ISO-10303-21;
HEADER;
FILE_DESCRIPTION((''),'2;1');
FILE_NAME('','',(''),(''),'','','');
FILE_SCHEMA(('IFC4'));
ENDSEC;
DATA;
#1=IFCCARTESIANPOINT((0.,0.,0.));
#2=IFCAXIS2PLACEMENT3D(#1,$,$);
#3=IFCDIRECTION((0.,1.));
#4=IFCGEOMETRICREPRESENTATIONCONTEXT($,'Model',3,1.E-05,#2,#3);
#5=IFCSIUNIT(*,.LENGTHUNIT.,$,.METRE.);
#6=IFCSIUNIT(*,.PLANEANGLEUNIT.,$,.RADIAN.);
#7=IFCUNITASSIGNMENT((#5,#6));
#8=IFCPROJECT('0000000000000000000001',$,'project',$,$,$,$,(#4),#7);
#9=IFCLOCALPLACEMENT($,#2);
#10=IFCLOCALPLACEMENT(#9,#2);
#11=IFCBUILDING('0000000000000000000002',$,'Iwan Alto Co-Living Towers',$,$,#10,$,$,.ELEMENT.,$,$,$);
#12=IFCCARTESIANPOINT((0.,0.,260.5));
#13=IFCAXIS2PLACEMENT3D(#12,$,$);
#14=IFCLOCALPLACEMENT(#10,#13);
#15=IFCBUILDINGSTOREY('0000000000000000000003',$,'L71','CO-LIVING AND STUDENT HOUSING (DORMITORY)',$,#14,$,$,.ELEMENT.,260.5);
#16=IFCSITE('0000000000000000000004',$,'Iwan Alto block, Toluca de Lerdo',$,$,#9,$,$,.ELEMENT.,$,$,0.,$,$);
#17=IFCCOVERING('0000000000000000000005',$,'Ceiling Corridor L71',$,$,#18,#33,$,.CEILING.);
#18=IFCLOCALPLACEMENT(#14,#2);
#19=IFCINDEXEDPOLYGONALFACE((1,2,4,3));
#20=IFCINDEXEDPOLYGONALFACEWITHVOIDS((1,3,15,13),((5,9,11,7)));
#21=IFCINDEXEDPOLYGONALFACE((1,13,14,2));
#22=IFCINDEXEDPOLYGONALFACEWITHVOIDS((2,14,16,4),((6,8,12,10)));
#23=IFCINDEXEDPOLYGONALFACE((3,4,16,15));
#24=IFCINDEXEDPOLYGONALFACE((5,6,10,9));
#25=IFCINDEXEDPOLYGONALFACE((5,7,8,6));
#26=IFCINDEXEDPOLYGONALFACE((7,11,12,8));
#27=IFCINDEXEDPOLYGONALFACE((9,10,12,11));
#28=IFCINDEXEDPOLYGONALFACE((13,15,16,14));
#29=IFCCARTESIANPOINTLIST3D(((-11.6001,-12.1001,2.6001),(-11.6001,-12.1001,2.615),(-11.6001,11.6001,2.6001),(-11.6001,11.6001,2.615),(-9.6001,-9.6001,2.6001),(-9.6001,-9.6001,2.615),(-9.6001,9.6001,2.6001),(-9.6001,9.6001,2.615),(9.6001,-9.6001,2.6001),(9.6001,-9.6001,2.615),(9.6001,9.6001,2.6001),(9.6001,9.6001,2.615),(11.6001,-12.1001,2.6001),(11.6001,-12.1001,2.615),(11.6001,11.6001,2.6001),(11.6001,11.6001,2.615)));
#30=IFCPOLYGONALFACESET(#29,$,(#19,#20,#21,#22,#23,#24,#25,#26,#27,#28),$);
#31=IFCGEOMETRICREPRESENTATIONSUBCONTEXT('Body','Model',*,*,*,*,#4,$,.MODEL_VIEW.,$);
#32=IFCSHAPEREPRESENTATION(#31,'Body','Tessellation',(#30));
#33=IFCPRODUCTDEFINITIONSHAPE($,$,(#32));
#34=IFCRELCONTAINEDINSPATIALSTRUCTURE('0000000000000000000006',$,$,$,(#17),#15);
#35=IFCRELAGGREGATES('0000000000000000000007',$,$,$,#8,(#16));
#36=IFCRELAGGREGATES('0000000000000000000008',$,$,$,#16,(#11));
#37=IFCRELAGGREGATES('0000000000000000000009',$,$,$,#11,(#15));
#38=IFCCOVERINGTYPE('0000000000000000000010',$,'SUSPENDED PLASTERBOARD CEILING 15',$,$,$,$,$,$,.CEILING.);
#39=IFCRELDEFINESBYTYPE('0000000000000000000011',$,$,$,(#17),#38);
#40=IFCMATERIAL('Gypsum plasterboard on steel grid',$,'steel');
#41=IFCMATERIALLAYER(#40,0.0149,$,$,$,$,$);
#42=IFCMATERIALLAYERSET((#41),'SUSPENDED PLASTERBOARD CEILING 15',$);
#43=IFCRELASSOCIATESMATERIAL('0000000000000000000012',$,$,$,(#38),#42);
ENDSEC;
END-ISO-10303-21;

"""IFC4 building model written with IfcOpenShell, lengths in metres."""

from ifc_helpers import new_model, si_unit, direction, frame, origin, place, context, subcontext, project, spatial, polyline, outline, extrude, material, layer, layer_set, type_object, element, save


model = new_model("IFC4")

# Units and contexts
model_context = context("Model", 3, precision=1e-05, world=origin(), true_north=direction((0.0, 1.0)))
body_context = subcontext(model_context, "Body", "Model", "MODEL_VIEW")
ifc_project = project(units=[si_unit("LENGTHUNIT", "METRE"), si_unit("PLANEANGLEUNIT", "RADIAN")], contexts=[model_context])

# Site, building, storey
site_placement = place(None, origin())
site = spatial("IfcSite", under=ifc_project, at=site_placement, Name="Iwan Alto block, Toluca de Lerdo", CompositionType="ELEMENT", RefElevation=0.0)
building_placement = place(site_placement, origin())
building = spatial("IfcBuilding", under=site, at=building_placement, Name="Iwan Alto Co-Living Towers", CompositionType="ELEMENT")
storey_placement = place(building_placement, frame((0.0, 0.0, 260.5)))
storey = spatial("IfcBuildingStorey", under=building, at=storey_placement, Name="L71", Description="CO-LIVING AND STUDENT HOUSING (DORMITORY)", CompositionType="ELEMENT", Elevation=260.5)

# Covering
ifc_material_1 = material(Name="Gypsum plasterboard on steel grid", Category="steel")
ifc_layer_1 = layer(ifc_material_1, 0.0149)
ifc_layer_set_1 = layer_set([ifc_layer_1], Name="SUSPENDED PLASTERBOARD CEILING 15")
covering_type_1 = type_object("IfcCoveringType", Name="SUSPENDED PLASTERBOARD CEILING 15", PredefinedType="CEILING", material=ifc_layer_set_1)
covering_1_placement = place(storey_placement, frame((0.0, 0.0, 2.6001)))
element("IfcCovering", 1, at=covering_1_placement, inside=storey, type_object=covering_type_1, Name="Ceiling Corridor L71", PredefinedType="CEILING", context=body_context, shape_type="SweptSolid", body=[
    extrude(outline(polyline([(-11.6001, 11.6001), (11.6001, 11.6001), (11.6001, -12.1001), (-11.6001, -12.1001), (-11.6001, 11.6001)]), holes=[polyline([(-9.6001, 9.6001), (-9.6001, -9.6001), (9.6001, -9.6001), (9.6001, 9.6001), (-9.6001, 9.6001)])]), origin(), (0.0, 0.0, 1.0), 0.0149),
])

save(model, "model.ifc")
